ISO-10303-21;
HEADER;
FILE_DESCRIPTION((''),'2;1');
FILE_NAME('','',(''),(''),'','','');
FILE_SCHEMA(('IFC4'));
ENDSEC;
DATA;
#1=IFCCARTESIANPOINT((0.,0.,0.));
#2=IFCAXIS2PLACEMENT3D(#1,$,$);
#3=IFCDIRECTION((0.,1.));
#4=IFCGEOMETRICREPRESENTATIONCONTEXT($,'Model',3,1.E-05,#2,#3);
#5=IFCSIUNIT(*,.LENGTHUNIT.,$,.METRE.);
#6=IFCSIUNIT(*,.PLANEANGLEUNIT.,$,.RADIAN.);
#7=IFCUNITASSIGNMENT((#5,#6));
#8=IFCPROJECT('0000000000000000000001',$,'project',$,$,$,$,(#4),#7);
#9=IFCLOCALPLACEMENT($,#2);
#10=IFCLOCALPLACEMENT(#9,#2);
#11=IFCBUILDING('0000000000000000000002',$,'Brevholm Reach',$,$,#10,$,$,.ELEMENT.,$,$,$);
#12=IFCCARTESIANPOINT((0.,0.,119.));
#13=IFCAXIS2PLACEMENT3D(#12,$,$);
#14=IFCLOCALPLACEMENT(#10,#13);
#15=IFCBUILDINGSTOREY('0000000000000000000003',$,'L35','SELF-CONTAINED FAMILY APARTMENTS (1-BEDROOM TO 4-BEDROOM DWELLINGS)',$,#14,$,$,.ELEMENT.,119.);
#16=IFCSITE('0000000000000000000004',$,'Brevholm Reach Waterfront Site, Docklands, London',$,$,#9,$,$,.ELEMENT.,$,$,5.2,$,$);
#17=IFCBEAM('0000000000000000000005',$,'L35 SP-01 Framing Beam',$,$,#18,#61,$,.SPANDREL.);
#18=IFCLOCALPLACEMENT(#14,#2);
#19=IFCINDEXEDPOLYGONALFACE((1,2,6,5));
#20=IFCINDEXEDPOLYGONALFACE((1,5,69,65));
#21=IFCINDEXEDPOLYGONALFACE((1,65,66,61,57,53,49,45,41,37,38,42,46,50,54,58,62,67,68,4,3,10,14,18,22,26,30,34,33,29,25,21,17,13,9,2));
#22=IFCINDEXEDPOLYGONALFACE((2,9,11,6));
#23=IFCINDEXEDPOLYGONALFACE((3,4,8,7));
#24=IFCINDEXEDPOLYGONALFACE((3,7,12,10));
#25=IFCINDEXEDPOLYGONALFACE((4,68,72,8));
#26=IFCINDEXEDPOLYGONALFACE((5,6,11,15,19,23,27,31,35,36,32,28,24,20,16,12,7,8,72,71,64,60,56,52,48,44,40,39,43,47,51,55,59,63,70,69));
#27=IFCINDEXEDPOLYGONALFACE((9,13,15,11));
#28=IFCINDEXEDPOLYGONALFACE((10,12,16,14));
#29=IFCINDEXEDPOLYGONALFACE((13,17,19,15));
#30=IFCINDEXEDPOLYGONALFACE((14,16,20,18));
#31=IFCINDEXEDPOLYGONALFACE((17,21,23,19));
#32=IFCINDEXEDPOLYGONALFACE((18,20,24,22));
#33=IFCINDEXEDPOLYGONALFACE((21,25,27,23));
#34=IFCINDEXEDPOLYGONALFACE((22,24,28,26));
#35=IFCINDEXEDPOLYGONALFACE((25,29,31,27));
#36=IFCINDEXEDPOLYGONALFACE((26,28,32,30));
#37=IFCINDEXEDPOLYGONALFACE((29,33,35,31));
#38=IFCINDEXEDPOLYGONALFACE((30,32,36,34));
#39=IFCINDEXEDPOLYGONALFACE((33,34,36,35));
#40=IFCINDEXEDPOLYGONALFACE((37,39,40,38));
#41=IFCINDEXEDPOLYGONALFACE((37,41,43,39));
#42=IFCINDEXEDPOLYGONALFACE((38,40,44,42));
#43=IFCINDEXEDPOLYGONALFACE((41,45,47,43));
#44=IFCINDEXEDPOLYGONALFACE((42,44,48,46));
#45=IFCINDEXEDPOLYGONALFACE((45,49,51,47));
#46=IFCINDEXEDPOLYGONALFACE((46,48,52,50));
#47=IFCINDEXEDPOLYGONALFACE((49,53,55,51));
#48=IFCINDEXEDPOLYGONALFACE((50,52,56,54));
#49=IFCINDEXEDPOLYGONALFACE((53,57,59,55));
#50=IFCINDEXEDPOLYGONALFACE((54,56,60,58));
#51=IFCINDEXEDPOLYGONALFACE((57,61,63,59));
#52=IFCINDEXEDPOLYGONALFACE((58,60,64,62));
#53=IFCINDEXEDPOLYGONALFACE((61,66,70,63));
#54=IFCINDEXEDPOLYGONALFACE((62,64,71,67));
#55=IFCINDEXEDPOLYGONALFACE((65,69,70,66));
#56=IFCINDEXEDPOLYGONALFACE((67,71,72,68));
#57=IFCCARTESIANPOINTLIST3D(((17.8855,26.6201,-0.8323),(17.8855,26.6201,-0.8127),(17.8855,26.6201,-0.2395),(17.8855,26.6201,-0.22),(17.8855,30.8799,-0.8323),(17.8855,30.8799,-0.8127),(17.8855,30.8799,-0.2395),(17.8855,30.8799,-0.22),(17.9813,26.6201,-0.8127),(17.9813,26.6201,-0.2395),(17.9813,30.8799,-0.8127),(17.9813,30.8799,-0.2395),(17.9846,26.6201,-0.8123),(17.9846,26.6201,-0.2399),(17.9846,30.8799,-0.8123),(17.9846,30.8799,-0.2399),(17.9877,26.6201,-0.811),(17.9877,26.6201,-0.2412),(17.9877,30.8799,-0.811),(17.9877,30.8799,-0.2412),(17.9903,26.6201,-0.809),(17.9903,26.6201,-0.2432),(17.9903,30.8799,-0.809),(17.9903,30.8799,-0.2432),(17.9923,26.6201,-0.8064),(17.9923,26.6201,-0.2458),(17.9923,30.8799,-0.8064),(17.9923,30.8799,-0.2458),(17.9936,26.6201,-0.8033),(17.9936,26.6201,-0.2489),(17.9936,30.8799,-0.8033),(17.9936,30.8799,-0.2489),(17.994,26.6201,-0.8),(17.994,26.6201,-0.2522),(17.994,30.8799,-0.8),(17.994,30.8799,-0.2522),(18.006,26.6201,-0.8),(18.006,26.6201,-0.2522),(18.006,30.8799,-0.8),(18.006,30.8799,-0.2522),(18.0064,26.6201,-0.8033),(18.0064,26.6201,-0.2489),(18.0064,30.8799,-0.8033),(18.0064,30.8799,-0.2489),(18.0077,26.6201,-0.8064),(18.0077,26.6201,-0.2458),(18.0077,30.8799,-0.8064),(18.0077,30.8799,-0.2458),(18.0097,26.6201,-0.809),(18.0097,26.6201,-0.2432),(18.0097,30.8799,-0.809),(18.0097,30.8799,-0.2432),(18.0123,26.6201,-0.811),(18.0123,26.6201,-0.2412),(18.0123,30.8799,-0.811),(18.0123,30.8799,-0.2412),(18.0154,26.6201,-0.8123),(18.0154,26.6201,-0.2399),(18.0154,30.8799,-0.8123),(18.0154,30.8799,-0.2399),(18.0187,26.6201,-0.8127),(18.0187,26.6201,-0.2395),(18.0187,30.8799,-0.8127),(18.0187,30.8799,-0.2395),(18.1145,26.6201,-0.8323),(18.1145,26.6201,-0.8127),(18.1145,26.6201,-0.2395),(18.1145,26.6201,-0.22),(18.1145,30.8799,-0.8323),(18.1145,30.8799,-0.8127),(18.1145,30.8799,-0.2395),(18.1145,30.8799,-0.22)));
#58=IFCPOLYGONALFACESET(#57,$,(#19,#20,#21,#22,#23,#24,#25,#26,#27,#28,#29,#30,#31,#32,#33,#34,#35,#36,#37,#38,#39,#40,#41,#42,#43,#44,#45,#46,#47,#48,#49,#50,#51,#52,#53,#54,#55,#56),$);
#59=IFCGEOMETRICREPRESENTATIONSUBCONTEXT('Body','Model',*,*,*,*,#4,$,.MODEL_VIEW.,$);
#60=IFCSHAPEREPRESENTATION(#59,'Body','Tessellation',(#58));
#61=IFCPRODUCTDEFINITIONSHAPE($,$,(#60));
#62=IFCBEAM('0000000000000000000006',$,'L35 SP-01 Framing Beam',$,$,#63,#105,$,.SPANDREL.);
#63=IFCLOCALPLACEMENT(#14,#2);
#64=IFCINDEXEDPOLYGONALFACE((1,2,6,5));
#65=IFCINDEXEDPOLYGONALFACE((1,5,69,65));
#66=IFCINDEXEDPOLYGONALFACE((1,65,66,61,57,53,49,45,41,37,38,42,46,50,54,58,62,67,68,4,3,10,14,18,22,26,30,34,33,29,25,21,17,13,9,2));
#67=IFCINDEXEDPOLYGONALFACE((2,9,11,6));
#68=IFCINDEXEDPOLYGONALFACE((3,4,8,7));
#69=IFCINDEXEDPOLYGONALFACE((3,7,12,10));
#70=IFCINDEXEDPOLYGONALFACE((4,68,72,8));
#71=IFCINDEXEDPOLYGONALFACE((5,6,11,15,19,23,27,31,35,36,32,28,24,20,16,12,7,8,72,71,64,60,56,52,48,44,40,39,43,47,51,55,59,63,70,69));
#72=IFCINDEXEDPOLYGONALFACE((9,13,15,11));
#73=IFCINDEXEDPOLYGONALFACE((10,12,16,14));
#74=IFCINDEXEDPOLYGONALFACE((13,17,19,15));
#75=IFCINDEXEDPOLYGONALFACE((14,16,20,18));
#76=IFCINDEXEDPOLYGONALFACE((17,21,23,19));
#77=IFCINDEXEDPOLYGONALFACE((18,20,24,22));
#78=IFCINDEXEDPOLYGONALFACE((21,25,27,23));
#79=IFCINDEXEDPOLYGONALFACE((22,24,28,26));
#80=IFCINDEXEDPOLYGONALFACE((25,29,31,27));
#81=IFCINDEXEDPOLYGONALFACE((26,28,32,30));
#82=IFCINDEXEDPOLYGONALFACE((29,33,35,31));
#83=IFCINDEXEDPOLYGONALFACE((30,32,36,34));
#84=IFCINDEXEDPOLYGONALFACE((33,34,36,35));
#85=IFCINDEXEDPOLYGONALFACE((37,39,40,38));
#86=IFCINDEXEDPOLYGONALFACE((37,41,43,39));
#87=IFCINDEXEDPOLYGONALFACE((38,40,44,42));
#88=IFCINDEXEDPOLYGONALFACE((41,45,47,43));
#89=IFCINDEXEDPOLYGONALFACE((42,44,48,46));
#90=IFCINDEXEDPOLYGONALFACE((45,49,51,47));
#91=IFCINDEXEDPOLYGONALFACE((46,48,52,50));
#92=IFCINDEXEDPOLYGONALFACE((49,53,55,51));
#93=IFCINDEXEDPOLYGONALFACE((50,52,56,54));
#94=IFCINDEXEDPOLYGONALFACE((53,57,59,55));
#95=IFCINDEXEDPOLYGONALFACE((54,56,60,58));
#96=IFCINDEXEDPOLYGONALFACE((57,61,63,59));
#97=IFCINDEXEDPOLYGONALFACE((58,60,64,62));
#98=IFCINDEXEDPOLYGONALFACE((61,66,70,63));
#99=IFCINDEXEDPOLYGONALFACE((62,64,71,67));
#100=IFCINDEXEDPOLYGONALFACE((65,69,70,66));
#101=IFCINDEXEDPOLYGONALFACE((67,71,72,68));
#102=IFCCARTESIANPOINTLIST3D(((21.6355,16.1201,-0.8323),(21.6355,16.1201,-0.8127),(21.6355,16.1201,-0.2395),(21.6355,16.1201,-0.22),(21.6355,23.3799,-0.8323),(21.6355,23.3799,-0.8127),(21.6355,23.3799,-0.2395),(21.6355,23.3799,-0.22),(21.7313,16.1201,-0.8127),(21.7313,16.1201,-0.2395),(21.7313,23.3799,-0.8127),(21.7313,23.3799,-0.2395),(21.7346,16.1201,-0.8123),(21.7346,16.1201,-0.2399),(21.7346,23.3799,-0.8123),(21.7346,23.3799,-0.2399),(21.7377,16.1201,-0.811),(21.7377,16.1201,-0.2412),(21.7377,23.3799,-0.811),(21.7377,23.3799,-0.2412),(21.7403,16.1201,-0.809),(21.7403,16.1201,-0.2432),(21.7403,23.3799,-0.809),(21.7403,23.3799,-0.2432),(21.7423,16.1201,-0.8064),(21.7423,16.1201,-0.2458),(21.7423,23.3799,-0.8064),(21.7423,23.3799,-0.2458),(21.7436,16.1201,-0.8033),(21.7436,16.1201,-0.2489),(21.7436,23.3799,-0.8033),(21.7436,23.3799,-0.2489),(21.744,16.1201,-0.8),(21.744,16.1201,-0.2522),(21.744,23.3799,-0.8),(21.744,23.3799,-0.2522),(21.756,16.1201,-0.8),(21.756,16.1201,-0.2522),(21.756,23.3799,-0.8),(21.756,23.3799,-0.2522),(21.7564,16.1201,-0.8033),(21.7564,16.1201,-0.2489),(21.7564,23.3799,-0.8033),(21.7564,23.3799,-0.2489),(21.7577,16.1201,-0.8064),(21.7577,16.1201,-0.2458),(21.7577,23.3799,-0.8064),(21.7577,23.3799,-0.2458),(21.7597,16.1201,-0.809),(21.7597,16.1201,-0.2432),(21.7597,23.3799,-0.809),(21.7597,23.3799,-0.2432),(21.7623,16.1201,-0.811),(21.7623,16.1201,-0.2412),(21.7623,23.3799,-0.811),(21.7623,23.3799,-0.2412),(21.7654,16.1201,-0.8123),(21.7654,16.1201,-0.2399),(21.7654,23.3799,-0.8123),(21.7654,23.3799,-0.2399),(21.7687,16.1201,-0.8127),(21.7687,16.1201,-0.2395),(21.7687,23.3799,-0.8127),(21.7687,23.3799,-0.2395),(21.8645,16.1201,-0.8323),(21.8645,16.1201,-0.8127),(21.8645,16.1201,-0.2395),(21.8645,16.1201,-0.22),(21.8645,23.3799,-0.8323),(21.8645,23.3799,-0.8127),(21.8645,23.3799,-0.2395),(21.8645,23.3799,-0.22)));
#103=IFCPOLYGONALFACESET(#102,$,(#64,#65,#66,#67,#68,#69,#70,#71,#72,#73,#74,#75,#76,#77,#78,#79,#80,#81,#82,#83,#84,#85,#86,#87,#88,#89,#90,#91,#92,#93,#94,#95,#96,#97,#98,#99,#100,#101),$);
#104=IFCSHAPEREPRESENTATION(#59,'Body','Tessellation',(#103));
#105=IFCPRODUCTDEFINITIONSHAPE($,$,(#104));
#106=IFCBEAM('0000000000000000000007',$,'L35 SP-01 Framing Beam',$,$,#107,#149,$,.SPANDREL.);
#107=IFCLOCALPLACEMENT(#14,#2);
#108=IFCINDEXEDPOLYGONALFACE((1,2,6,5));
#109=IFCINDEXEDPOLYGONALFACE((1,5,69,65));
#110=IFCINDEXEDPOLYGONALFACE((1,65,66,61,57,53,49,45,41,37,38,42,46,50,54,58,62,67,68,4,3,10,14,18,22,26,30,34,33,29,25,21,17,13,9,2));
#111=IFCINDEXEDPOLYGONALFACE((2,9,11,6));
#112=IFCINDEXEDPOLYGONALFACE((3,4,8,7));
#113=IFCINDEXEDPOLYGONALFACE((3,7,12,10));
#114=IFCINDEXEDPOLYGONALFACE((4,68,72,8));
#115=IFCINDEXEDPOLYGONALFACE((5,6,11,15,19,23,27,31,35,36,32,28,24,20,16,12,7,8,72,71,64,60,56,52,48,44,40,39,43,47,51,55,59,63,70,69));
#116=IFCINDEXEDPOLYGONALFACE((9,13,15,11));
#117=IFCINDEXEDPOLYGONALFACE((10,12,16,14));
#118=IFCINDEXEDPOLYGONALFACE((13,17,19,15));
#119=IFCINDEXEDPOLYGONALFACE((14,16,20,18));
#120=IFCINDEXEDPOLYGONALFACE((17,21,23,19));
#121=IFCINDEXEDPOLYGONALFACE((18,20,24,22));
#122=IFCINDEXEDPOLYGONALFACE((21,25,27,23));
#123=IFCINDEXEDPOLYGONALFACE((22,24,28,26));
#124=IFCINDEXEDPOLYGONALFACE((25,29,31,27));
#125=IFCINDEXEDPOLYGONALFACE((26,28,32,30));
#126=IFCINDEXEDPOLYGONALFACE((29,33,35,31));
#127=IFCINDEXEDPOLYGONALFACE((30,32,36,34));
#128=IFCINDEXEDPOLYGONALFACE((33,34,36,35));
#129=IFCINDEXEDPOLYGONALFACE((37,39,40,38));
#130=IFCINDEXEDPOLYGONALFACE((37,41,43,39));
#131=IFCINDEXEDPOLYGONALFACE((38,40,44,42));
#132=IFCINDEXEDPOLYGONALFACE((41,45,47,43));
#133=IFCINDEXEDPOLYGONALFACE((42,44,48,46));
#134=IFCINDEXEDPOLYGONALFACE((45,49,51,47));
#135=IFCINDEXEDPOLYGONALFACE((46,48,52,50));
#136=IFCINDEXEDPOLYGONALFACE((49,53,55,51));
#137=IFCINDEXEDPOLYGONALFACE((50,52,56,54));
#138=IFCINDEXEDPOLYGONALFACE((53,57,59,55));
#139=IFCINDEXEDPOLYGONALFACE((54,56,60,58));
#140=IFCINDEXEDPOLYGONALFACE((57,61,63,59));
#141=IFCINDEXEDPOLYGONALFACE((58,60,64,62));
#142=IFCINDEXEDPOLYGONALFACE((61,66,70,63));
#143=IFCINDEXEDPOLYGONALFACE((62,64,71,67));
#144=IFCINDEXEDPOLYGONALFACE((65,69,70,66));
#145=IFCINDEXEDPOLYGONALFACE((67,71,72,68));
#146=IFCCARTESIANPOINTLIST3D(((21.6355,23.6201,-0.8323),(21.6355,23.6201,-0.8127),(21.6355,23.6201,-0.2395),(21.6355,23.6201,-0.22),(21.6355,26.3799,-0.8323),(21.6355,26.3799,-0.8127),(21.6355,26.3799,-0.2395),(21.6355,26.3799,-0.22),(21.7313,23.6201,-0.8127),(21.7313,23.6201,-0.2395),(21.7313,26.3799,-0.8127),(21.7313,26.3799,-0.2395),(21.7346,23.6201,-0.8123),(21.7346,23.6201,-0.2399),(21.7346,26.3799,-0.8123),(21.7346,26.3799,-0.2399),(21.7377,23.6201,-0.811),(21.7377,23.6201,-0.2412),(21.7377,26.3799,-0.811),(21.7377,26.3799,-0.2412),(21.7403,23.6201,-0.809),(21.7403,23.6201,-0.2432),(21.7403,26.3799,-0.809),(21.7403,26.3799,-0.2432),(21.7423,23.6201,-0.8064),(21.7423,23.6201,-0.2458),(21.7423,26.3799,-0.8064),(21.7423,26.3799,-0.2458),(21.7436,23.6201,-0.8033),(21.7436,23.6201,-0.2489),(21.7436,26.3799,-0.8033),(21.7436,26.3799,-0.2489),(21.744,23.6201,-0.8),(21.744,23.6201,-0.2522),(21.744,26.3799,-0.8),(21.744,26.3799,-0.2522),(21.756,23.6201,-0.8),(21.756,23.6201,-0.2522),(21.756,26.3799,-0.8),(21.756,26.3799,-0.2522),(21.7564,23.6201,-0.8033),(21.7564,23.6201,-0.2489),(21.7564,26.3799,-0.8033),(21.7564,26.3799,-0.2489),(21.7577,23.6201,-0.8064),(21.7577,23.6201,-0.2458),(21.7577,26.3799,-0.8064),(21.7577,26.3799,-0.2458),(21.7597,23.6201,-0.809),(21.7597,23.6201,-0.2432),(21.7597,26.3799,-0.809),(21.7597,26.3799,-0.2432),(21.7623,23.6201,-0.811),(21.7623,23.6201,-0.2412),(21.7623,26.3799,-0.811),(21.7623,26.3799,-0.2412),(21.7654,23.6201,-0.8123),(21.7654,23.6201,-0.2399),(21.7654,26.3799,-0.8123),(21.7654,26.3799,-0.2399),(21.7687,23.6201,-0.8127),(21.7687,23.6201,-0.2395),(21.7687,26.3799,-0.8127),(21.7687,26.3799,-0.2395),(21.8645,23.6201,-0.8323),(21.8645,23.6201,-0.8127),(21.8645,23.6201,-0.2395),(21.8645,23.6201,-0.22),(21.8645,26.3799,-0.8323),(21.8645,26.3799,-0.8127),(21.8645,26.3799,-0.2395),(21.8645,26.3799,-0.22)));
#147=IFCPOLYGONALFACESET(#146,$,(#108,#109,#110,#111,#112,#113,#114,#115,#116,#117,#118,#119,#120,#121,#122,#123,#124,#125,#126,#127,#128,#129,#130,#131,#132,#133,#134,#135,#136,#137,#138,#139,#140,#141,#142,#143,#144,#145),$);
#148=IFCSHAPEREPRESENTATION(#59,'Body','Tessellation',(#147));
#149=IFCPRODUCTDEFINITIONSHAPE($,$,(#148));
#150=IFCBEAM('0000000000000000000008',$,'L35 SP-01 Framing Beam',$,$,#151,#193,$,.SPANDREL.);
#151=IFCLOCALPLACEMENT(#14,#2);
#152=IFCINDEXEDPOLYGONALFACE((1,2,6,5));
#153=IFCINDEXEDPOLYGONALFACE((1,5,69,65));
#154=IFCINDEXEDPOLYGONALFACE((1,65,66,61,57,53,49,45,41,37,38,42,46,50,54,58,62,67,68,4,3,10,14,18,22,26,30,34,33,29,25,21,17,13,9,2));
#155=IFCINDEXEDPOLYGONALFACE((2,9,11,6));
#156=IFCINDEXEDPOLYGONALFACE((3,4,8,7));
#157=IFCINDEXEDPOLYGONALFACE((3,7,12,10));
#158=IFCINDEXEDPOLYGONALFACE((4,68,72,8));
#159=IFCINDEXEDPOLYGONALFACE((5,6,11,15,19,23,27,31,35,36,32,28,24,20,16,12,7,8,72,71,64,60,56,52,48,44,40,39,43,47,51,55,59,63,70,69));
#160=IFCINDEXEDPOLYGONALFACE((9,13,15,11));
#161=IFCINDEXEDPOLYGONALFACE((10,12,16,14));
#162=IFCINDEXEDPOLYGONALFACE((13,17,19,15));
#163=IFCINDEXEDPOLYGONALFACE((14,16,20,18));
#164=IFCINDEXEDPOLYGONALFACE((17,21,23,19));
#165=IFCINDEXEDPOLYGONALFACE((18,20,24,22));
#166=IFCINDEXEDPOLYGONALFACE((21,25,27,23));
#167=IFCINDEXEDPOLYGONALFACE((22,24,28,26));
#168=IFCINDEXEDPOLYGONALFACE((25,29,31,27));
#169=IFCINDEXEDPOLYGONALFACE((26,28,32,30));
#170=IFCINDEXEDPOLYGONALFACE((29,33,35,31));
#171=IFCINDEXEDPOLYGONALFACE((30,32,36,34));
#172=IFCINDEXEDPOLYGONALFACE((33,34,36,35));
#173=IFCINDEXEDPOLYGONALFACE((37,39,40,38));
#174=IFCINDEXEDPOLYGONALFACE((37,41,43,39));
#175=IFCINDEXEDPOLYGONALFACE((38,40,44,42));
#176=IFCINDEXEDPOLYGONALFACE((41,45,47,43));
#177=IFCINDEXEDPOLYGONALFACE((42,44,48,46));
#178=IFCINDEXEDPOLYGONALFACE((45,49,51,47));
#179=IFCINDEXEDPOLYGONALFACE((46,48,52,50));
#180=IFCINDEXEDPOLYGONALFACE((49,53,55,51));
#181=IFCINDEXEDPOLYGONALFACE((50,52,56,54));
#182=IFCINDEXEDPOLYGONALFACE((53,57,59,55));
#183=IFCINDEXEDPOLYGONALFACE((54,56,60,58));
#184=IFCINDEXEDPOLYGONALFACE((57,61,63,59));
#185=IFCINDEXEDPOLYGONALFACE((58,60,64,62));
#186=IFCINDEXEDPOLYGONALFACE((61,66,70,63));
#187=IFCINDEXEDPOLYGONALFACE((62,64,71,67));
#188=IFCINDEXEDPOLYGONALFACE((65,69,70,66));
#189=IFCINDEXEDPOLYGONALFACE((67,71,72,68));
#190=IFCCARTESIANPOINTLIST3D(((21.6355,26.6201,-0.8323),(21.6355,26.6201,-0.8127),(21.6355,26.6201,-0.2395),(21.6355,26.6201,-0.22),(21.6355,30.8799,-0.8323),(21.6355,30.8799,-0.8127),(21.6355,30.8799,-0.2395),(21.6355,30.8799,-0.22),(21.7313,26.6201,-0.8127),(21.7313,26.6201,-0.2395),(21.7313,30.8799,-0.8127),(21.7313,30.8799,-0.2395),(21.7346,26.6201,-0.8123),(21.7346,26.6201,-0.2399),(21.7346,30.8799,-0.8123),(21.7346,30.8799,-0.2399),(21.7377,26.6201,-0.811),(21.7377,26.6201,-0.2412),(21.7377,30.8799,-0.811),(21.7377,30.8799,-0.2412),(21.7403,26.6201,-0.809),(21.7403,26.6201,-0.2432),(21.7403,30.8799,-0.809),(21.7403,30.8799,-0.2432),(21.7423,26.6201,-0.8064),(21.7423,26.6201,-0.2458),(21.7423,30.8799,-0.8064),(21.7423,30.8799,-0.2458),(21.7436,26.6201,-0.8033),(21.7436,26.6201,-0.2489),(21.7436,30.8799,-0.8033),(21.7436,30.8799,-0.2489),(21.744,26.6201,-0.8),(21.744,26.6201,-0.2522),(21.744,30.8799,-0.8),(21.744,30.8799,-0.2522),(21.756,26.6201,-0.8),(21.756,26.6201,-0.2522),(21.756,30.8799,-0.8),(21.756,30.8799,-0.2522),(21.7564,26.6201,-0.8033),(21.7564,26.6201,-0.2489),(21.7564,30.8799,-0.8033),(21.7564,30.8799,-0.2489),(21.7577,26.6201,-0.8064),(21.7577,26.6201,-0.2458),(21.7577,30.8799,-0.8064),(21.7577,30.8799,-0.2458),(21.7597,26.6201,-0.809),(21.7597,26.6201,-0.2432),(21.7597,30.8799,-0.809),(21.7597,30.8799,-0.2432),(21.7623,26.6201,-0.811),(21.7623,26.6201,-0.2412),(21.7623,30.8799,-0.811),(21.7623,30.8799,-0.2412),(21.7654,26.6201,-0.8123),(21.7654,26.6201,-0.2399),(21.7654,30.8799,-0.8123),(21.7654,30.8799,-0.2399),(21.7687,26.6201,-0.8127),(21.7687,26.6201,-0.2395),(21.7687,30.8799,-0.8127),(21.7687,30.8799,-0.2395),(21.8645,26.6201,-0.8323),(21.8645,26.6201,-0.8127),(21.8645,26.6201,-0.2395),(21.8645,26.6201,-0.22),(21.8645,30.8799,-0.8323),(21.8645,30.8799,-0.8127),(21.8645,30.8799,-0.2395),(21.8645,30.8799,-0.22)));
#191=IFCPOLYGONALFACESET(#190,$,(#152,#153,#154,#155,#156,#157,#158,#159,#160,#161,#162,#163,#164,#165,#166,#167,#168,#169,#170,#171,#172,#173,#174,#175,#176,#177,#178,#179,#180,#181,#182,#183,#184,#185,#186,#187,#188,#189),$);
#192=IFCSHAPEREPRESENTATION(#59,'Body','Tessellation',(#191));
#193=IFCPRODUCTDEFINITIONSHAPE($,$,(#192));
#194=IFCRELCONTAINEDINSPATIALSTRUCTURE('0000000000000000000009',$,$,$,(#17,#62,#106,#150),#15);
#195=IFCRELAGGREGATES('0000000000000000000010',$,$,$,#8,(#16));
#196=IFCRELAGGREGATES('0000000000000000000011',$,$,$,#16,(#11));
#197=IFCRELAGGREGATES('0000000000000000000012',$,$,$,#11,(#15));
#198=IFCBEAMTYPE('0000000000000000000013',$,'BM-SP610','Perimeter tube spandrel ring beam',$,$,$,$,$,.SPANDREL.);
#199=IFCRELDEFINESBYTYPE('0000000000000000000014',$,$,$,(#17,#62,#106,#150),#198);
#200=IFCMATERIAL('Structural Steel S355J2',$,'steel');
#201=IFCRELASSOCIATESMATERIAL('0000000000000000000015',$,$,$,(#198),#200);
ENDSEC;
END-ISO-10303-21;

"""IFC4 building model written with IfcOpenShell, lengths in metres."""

from ifc_helpers import new_model, si_unit, direction, frame, origin, origin_2d, place, context, subcontext, project, spatial, i_section, extrude, material, material_profile, profile_set, type_object, element, save


model = new_model("IFC4")

# Units and contexts
model_context = context("Model", 3, precision=1e-05, world=origin(), true_north=direction((0.0, 1.0)))
body_context = subcontext(model_context, "Body", "Model", "MODEL_VIEW")
ifc_project = project(units=[si_unit("LENGTHUNIT", "METRE"), si_unit("PLANEANGLEUNIT", "RADIAN")], contexts=[model_context])

# Site, building, storey
site_placement = place(None, origin())
site = spatial("IfcSite", under=ifc_project, at=site_placement, Name="Brevholm Reach Waterfront Site, Docklands, London", CompositionType="ELEMENT", RefElevation=5.2)
building_placement = place(site_placement, origin())
building = spatial("IfcBuilding", under=site, at=building_placement, Name="Brevholm Reach", CompositionType="ELEMENT")
storey_placement = place(building_placement, frame((0.0, 0.0, 119.0)))
storey = spatial("IfcBuildingStorey", under=building, at=storey_placement, Name="L35", Description="SELF-CONTAINED FAMILY APARTMENTS (1-BEDROOM TO 4-BEDROOM DWELLINGS)", CompositionType="ELEMENT", Elevation=119.0)

# Beams
ifc_material_1 = material(Name="Structural Steel S355J2", Category="steel")
ifc_material_profile_1 = material_profile(ifc_material_1, i_section(OverallWidth=0.229, OverallDepth=0.6123, WebThickness=0.012, FlangeThickness=0.0195, FilletRadius=0.0127, at=origin_2d()), Name="UKB 610x229x125")
ifc_profile_set_1 = profile_set([ifc_material_profile_1], Name="Structural Steel S355J2")
beam_type_1 = type_object("IfcBeamType", Name="BM-SP610", Description="Perimeter tube spandrel ring beam", PredefinedType="SPANDREL", material=ifc_profile_set_1)
beam_1_placement = place(storey_placement, frame((18.0, 26.6201, -0.5261), z_axis=(0.0, 1.0, 0.0), x_axis=(-1.0, 0.0, 0.0)))
element("IfcBeam", 1, at=beam_1_placement, inside=storey, type_object=beam_type_1, Name="L35 SP-01 Framing Beam", PredefinedType="SPANDREL", context=body_context, shape_type="SweptSolid", body=[
    extrude(i_section(OverallWidth=0.229, OverallDepth=0.6123, WebThickness=0.012, FlangeThickness=0.0195, FilletRadius=0.0127, at=origin_2d()), origin(), (0.0, 0.0, 1.0), 4.2598),
])
beam_2_placement = place(storey_placement, frame((21.75, 16.1201, -0.5261), z_axis=(0.0, 1.0, 0.0), x_axis=(-1.0, 0.0, 0.0)))
element("IfcBeam", 2, at=beam_2_placement, inside=storey, type_object=beam_type_1, Name="L35 SP-01 Framing Beam", PredefinedType="SPANDREL", context=body_context, shape_type="SweptSolid", body=[
    extrude(i_section(OverallWidth=0.229, OverallDepth=0.6123, WebThickness=0.012, FlangeThickness=0.0195, FilletRadius=0.0127, at=origin_2d()), origin(), (0.0, 0.0, 1.0), 7.2598),
])
beam_3_placement = place(storey_placement, frame((21.75, 23.6201, -0.5261), z_axis=(0.0, 1.0, 0.0), x_axis=(-1.0, 0.0, 0.0)))
element("IfcBeam", 3, at=beam_3_placement, inside=storey, type_object=beam_type_1, Name="L35 SP-01 Framing Beam", PredefinedType="SPANDREL", context=body_context, shape_type="SweptSolid", body=[
    extrude(i_section(OverallWidth=0.229, OverallDepth=0.6123, WebThickness=0.012, FlangeThickness=0.0195, FilletRadius=0.0127, at=origin_2d()), origin(), (0.0, 0.0, 1.0), 2.7598),
])
beam_4_placement = place(storey_placement, frame((21.75, 26.6201, -0.5261), z_axis=(0.0, 1.0, 0.0), x_axis=(-1.0, 0.0, 0.0)))
element("IfcBeam", 4, at=beam_4_placement, inside=storey, type_object=beam_type_1, Name="L35 SP-01 Framing Beam", PredefinedType="SPANDREL", context=body_context, shape_type="SweptSolid", body=[
    extrude(i_section(OverallWidth=0.229, OverallDepth=0.6123, WebThickness=0.012, FlangeThickness=0.0195, FilletRadius=0.0127, at=origin_2d()), origin(), (0.0, 0.0, 1.0), 4.2598),
])

save(model, "model.ifc")
